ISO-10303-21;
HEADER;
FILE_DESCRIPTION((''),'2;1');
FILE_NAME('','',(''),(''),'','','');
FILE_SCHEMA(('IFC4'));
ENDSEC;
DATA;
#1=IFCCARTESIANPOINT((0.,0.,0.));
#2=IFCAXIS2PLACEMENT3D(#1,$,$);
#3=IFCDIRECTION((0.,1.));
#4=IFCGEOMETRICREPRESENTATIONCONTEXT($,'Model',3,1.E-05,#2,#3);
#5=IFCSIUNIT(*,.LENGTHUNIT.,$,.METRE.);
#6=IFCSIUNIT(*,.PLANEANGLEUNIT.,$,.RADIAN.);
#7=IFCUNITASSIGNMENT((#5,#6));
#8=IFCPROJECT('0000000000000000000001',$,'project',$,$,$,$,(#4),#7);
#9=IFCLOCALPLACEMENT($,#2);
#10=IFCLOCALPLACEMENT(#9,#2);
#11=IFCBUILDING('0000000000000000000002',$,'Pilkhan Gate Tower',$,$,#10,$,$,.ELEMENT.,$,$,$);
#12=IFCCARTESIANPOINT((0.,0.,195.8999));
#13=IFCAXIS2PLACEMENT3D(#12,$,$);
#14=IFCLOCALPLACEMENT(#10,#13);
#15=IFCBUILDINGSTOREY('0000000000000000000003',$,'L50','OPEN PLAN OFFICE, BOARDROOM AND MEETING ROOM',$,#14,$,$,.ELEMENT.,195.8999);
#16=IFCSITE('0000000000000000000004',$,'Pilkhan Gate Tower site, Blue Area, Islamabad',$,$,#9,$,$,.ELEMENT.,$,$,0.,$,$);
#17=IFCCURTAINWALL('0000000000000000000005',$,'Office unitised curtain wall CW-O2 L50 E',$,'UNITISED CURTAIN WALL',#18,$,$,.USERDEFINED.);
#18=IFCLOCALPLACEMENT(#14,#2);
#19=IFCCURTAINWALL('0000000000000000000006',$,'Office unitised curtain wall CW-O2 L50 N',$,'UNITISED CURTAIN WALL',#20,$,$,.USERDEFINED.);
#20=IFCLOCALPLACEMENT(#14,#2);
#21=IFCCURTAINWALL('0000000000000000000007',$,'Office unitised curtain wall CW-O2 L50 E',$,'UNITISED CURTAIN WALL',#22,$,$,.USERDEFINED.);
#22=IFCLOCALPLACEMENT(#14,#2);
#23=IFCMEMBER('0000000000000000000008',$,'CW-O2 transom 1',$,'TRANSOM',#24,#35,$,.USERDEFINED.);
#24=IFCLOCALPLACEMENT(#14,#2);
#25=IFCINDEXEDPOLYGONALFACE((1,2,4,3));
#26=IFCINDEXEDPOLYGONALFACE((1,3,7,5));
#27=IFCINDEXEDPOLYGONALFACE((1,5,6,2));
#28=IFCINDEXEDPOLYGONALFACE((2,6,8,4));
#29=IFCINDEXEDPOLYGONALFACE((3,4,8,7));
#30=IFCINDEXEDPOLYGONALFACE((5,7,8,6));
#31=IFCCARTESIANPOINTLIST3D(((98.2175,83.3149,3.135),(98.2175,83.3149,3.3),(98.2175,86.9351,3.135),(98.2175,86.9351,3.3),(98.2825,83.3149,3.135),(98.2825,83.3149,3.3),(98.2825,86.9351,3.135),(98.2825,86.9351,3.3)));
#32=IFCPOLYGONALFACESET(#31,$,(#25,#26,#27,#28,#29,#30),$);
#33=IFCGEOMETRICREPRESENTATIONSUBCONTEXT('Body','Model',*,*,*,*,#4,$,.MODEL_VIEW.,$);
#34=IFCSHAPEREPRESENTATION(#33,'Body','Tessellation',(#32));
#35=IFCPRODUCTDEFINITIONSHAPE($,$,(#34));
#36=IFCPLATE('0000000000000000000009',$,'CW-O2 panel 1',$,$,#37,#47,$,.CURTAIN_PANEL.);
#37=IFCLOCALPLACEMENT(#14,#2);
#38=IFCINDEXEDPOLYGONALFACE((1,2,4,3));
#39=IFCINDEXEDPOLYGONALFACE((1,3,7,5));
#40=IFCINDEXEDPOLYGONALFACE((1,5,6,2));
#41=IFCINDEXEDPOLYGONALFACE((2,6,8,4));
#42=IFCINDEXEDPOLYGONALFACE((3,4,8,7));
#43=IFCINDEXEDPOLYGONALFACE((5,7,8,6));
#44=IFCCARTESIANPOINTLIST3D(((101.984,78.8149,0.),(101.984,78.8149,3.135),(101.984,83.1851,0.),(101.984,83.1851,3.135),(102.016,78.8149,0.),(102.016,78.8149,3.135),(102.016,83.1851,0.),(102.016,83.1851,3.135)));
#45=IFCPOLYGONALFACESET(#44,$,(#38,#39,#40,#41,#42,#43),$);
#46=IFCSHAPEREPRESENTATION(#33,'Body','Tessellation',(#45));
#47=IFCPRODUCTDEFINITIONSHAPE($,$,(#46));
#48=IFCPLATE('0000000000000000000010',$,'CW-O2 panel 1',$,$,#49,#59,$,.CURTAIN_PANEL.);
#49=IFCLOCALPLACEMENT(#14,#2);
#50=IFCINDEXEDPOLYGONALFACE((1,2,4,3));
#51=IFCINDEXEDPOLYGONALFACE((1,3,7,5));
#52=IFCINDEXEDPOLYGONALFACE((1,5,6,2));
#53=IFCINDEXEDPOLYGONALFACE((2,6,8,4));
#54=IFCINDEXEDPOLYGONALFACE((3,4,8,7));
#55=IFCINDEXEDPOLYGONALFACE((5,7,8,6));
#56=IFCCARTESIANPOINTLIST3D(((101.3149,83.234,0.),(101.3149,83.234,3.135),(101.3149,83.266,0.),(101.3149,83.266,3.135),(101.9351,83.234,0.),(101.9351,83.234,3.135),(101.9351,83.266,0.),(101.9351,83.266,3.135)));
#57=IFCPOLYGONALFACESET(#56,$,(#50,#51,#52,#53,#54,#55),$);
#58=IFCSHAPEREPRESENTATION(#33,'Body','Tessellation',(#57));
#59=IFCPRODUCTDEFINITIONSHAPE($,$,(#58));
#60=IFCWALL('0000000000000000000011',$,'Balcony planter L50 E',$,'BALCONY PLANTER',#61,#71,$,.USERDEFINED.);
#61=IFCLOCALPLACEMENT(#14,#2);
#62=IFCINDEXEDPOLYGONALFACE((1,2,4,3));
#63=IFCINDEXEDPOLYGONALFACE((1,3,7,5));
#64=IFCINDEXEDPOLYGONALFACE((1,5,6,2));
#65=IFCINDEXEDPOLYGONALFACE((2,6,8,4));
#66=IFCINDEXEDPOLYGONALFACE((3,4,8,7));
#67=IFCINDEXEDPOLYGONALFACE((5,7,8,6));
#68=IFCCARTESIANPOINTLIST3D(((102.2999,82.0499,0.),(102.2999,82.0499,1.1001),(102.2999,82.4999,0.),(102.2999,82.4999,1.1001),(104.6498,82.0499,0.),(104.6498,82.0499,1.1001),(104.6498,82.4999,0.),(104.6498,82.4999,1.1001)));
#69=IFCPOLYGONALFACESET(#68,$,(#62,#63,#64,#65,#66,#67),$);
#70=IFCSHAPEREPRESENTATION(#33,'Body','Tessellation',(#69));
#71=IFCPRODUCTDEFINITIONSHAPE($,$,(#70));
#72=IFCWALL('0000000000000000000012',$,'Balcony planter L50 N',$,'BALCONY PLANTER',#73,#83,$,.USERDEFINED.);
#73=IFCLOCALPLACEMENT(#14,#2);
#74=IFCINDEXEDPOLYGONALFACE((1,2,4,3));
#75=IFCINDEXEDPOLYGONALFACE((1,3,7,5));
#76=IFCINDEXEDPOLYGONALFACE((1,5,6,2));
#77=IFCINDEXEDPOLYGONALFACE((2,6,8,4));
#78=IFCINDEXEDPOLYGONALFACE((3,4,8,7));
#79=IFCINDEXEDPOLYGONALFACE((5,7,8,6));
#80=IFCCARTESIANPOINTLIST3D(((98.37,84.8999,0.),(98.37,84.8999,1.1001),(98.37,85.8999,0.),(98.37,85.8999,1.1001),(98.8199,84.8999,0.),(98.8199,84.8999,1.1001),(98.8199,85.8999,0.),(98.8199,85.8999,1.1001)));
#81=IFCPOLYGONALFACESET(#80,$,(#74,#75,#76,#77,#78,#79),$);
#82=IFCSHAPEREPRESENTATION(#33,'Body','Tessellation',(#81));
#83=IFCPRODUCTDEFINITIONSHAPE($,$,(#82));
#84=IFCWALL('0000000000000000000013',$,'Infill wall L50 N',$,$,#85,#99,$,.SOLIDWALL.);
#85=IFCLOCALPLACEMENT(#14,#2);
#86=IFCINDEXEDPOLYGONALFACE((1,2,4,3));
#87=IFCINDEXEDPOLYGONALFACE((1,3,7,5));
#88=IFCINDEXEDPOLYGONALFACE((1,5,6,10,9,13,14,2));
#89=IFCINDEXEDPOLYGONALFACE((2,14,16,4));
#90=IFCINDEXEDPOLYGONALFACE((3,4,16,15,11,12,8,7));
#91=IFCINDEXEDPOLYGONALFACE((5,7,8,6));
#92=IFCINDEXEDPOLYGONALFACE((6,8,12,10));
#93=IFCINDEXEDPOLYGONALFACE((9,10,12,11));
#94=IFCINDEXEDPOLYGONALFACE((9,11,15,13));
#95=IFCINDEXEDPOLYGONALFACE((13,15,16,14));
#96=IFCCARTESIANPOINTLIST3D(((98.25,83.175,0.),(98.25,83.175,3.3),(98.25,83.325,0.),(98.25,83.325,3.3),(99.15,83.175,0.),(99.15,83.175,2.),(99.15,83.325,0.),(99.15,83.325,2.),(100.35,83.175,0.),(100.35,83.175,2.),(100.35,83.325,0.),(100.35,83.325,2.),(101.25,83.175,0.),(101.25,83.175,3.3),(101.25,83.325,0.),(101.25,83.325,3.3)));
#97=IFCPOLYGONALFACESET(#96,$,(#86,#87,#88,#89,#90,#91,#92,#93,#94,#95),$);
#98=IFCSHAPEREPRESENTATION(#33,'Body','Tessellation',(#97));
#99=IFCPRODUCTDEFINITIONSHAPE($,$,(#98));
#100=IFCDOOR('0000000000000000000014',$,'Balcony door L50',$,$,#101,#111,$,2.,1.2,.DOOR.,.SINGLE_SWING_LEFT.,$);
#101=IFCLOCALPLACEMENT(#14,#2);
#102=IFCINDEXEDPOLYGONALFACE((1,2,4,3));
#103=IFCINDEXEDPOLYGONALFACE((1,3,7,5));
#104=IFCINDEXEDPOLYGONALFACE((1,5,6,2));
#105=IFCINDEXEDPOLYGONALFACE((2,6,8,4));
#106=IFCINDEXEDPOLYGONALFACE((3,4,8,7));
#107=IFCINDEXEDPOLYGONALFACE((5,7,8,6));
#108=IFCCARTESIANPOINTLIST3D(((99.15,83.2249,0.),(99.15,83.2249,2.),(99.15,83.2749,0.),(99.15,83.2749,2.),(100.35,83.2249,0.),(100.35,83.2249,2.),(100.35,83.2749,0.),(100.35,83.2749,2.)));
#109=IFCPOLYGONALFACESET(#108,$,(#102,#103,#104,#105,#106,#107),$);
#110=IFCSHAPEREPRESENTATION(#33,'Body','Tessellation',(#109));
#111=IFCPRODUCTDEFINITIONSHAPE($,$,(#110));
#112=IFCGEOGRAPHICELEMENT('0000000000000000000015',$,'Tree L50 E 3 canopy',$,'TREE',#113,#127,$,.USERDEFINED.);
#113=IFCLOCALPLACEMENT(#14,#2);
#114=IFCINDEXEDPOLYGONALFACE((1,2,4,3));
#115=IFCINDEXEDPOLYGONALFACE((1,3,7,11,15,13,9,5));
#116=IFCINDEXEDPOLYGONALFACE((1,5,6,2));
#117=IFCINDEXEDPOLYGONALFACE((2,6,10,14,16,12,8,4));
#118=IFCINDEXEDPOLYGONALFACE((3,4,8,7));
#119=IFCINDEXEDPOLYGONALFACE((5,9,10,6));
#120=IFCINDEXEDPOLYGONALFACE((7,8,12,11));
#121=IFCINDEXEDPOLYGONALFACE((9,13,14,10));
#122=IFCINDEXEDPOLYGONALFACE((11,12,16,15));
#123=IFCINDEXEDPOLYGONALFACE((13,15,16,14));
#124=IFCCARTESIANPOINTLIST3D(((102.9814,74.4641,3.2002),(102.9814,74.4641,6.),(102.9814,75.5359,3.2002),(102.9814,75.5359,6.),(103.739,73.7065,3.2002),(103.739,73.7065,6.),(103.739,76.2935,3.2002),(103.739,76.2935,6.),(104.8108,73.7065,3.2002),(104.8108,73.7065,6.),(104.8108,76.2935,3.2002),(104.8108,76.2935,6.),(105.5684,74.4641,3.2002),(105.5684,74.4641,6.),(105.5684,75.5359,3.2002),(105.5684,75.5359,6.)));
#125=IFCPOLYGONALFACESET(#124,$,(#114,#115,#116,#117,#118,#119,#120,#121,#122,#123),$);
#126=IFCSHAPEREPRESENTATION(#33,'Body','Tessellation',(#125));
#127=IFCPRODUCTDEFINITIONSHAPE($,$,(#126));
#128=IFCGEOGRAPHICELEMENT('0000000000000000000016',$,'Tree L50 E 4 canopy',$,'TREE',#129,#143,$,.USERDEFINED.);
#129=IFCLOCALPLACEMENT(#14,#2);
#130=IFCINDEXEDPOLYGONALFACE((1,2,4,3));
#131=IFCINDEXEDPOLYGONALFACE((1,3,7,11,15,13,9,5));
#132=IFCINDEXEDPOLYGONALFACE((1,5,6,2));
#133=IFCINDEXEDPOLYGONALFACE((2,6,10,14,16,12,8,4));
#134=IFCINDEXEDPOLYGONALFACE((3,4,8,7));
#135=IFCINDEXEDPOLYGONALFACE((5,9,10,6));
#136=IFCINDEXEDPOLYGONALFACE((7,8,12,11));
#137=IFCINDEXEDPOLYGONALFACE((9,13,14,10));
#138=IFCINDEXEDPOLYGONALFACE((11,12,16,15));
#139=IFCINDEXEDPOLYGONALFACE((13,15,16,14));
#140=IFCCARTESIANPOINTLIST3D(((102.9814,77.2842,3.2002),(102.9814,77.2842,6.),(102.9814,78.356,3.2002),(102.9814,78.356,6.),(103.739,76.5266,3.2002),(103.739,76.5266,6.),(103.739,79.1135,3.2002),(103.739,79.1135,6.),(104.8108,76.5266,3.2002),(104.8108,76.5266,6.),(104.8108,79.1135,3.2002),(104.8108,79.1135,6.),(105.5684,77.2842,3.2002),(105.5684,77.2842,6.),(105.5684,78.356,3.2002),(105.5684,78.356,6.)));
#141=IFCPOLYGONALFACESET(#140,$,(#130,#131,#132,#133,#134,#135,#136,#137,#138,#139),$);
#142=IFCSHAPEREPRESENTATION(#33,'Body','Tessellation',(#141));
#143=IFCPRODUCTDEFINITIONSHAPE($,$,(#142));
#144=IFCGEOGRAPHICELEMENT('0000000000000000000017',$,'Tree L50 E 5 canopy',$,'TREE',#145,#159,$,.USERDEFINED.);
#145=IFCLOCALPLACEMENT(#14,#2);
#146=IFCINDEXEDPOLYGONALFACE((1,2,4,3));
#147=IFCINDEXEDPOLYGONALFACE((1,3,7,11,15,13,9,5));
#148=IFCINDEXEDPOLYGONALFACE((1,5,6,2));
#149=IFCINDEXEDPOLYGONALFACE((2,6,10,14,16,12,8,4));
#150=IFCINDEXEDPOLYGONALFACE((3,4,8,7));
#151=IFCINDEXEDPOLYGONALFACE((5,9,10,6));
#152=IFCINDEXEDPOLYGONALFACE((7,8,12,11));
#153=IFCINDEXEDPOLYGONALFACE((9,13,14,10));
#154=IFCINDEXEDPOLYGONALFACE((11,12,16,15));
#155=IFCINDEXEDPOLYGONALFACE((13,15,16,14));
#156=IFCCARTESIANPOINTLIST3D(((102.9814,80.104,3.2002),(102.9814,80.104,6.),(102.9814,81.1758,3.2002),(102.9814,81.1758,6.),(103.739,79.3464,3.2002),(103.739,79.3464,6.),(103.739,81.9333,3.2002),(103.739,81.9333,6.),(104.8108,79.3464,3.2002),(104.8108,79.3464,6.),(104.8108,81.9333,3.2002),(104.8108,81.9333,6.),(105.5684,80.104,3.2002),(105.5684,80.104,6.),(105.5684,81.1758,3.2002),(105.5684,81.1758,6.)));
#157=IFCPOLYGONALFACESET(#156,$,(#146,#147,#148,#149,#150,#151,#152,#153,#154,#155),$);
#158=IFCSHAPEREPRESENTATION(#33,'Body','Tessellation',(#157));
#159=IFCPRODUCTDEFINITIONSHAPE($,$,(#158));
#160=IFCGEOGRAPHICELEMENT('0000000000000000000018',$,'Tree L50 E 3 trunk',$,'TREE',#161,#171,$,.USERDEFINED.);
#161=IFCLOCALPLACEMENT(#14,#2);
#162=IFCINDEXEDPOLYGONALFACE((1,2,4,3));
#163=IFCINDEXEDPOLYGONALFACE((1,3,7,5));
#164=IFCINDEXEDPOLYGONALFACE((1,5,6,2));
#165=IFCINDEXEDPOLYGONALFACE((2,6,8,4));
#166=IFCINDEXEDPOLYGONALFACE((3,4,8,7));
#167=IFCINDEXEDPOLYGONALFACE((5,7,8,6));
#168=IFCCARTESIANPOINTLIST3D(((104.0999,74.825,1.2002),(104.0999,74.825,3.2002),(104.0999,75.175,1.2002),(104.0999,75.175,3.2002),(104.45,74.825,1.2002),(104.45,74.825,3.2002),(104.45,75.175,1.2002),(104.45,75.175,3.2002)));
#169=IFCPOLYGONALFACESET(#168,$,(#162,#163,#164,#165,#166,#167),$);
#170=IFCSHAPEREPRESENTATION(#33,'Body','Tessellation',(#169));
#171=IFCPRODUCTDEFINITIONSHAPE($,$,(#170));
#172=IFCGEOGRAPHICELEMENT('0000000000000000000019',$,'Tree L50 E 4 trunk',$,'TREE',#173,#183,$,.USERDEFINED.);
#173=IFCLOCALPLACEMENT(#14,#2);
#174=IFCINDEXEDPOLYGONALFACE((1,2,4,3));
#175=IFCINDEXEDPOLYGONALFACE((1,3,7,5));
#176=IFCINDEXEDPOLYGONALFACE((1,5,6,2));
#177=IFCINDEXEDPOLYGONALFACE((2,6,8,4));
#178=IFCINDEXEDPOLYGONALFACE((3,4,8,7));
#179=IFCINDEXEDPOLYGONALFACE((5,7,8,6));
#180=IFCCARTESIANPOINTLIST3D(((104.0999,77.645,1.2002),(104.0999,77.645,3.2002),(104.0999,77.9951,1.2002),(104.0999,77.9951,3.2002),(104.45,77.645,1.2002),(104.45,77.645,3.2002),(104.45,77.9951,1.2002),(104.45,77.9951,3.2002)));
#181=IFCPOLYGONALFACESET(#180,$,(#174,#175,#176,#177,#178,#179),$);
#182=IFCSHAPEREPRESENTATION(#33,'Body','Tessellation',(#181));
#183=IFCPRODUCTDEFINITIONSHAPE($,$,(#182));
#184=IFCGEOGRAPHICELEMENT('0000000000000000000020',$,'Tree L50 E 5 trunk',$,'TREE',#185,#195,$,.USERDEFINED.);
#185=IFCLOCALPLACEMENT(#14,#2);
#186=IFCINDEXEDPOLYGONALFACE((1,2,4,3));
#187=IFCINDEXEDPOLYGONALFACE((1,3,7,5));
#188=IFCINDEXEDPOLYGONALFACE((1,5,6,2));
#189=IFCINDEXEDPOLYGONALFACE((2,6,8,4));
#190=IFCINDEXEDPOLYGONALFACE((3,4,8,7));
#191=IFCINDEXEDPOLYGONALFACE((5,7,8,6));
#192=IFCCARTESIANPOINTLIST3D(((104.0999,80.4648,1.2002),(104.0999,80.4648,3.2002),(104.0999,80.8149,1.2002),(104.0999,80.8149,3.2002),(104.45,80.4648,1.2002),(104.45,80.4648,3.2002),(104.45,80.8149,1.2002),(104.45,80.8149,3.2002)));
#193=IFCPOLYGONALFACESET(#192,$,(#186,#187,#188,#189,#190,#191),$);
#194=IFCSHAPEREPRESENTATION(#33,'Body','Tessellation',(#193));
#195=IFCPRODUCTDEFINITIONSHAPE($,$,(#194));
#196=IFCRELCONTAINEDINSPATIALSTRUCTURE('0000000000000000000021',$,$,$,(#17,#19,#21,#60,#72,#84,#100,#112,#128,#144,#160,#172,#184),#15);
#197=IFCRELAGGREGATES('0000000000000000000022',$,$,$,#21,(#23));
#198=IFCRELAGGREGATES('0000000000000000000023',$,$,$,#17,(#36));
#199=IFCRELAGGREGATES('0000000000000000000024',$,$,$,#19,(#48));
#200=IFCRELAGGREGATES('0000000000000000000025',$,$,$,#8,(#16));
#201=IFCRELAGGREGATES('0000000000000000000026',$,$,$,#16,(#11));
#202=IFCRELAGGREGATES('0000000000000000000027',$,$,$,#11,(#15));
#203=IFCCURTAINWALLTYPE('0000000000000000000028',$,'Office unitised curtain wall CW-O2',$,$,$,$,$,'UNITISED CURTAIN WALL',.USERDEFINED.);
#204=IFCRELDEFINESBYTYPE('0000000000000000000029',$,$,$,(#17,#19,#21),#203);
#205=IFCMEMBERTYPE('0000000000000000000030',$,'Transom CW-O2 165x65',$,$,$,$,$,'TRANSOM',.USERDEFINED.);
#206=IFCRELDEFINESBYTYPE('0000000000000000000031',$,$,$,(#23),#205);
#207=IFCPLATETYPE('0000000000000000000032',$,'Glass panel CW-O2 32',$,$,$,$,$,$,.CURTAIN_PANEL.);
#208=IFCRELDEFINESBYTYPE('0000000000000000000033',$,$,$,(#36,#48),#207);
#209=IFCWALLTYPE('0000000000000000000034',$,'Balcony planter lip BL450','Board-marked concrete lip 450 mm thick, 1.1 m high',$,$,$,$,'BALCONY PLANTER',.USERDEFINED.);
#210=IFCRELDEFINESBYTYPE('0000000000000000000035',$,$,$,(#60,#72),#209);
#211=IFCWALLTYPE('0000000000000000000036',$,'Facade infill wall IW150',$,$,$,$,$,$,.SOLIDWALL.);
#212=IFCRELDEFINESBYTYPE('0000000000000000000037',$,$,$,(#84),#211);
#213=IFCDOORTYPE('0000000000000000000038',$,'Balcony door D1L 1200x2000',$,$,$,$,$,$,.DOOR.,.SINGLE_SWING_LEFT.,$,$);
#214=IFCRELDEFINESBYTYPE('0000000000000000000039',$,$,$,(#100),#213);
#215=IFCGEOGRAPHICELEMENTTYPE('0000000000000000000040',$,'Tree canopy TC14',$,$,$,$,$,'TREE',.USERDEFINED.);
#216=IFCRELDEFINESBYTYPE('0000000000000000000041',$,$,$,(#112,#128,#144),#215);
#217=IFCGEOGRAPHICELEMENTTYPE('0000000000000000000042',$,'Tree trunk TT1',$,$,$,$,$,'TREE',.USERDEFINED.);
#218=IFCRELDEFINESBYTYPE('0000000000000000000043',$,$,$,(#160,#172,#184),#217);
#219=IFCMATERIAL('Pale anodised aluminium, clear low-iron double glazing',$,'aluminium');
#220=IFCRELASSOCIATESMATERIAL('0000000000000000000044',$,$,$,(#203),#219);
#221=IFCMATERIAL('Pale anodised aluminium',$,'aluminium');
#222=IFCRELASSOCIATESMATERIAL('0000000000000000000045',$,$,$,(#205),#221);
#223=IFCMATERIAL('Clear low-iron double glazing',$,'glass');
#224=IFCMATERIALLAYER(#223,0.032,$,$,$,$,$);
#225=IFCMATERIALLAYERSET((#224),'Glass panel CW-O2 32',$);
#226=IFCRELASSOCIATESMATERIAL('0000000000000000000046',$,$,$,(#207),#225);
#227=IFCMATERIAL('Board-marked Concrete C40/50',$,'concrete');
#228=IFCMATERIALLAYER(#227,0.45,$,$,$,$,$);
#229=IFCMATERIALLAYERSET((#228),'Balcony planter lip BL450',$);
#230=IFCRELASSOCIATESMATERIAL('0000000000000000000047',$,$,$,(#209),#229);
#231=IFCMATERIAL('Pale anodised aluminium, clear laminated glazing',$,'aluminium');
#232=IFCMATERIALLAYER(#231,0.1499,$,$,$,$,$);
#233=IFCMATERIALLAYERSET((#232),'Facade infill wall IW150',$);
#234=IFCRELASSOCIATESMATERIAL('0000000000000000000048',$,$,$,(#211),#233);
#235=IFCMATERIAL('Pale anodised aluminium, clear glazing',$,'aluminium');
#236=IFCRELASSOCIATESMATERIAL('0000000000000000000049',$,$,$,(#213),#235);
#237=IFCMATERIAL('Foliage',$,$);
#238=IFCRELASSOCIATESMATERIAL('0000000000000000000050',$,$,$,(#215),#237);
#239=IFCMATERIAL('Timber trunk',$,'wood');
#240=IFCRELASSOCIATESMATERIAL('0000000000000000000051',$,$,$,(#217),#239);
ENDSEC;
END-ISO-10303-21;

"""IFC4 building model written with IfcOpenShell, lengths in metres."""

from ifc_helpers import new_model, si_unit, direction, frame, frame_2d, origin, origin_2d, place, context, subcontext, project, spatial, polyline, rectangle, outline, extrude, material, layer, layer_set, material_profile, profile_set, type_object, element, fill, aggregate, save


model = new_model("IFC4")

# Units and contexts
model_context = context("Model", 3, precision=1e-05, world=origin(), true_north=direction((0.0, 1.0)))
body_context = subcontext(model_context, "Body", "Model", "MODEL_VIEW")
ifc_project = project(units=[si_unit("LENGTHUNIT", "METRE"), si_unit("PLANEANGLEUNIT", "RADIAN")], contexts=[model_context])

# Site, building, storey
site_placement = place(None, origin())
site = spatial("IfcSite", under=ifc_project, at=site_placement, Name="Pilkhan Gate Tower site, Blue Area, Islamabad", CompositionType="ELEMENT", RefElevation=0.0)
building_placement = place(site_placement, origin())
building = spatial("IfcBuilding", under=site, at=building_placement, Name="Pilkhan Gate Tower", CompositionType="ELEMENT")
storey_placement = place(building_placement, frame((0.0, 0.0, 195.8999)))
storey = spatial("IfcBuildingStorey", under=building, at=storey_placement, Name="L50", Description="OPEN PLAN OFFICE, BOARDROOM AND MEETING ROOM", CompositionType="ELEMENT", Elevation=195.8999)

# Curtain walls
ifc_material_1 = material(Name="Pale anodised aluminium, clear low-iron double glazing", Category="aluminium")
curtain_wall_type = type_object("IfcCurtainWallType", Name="Office unitised curtain wall CW-O2", ElementType="UNITISED CURTAIN WALL", PredefinedType="USERDEFINED", material=ifc_material_1)
curtain_wall_1_placement = place(storey_placement, origin())
curtain_wall_1 = element("IfcCurtainWall", 1, at=curtain_wall_1_placement, inside=storey, type_object=curtain_wall_type, Name="Office unitised curtain wall CW-O2 L50 E", ObjectType="UNITISED CURTAIN WALL", PredefinedType="USERDEFINED")
ifc_material_2 = material(Name="Pale anodised aluminium", Category="aluminium")
curtain_wall_2_placement = place(storey_placement, origin())
curtain_wall_2 = element("IfcCurtainWall", 2, at=curtain_wall_2_placement, inside=storey, type_object=curtain_wall_type, Name="Office unitised curtain wall CW-O2 L50 N", ObjectType="UNITISED CURTAIN WALL", PredefinedType="USERDEFINED")

# Curtain wall
curtain_wall_3_placement = place(storey_placement, origin())
curtain_wall_3 = element("IfcCurtainWall", 3, at=curtain_wall_3_placement, inside=storey, type_object=curtain_wall_type, Name="Office unitised curtain wall CW-O2 L50 E", ObjectType="UNITISED CURTAIN WALL", PredefinedType="USERDEFINED")

# Member
ifc_material_profile_1 = material_profile(ifc_material_2, rectangle(XDim=0.0649, YDim=0.165, at=origin_2d()), Name="Transom 165x65")
ifc_profile_set_1 = profile_set([ifc_material_profile_1], Name="Pale anodised aluminium")
member_type_1 = type_object("IfcMemberType", Name="Transom CW-O2 165x65", ElementType="TRANSOM", PredefinedType="USERDEFINED", material=ifc_profile_set_1)
member_1_placement = place(storey_placement, frame((98.25, 83.3149, 3.2175), z_axis=(0.0, 1.0, 0.0), x_axis=(-1.0, 0.0, 0.0)))
member_1 = element("IfcMember", 4, at=member_1_placement, type_object=member_type_1, Name="CW-O2 transom 1", ObjectType="TRANSOM", PredefinedType="USERDEFINED", context=body_context, shape_type="SweptSolid", body=[
    extrude(rectangle(XDim=0.0649, YDim=0.165, at=origin_2d()), origin(), (0.0, 0.0, 1.0), 3.6201),
])
aggregate(curtain_wall_3, [member_1])

# Plates
ifc_material_3 = material(Name="Clear low-iron double glazing", Category="glass")
ifc_layer_1 = layer(ifc_material_3, 0.032)
ifc_layer_set_1 = layer_set([ifc_layer_1], Name="Glass panel CW-O2 32")
plate_type = type_object("IfcPlateType", Name="Glass panel CW-O2 32", PredefinedType="CURTAIN_PANEL", material=ifc_layer_set_1)
plate_1_placement = place(storey_placement, frame((102.0, 81.0, 0.0), z_axis=(0.0, 0.0, 1.0), x_axis=(0.0, 1.0, 0.0)))
plate_1 = element("IfcPlate", 5, at=plate_1_placement, type_object=plate_type, Name="CW-O2 panel 1", PredefinedType="CURTAIN_PANEL", context=body_context, shape_type="SweptSolid", body=[
    extrude(rectangle(XDim=4.3701, YDim=0.032, at=origin_2d()), origin(), (0.0, 0.0, 1.0), 3.135),
])
aggregate(curtain_wall_1, [plate_1])
plate_2_placement = place(storey_placement, frame((101.625, 83.25, 0.0), z_axis=(0.0, 0.0, 1.0), x_axis=(1.0, 0.0, 0.0)))
plate_2 = element("IfcPlate", 6, at=plate_2_placement, type_object=plate_type, Name="CW-O2 panel 1", PredefinedType="CURTAIN_PANEL", context=body_context, shape_type="SweptSolid", body=[
    extrude(rectangle(XDim=0.6201, YDim=0.032, at=origin_2d()), origin(), (0.0, 0.0, 1.0), 3.135),
])
aggregate(curtain_wall_2, [plate_2])

# Walls
ifc_material_4 = material(Name="Board-marked Concrete C40/50", Category="concrete")
ifc_layer_2 = layer(ifc_material_4, 0.45)
ifc_layer_set_2 = layer_set([ifc_layer_2], Name="Balcony planter lip BL450")
wall_type_1 = type_object("IfcWallType", Name="Balcony planter lip BL450", Description="Board-marked concrete lip 450 mm thick, 1.1 m high", ElementType="BALCONY PLANTER", PredefinedType="USERDEFINED", material=ifc_layer_set_2)
wall_1_placement = place(storey_placement, frame((102.3, 82.2749, 0.0), z_axis=(0.0, 0.0, 1.0), x_axis=(1.0, 0.0, 0.0)))
element("IfcWall", 7, at=wall_1_placement, inside=storey, type_object=wall_type_1, Name="Balcony planter L50 E", ObjectType="BALCONY PLANTER", PredefinedType="USERDEFINED", context=body_context, shape_type="SweptSolid", body=[
    extrude(rectangle(XDim=2.3499, YDim=0.45, at=frame_2d((1.1748, 0.0))), origin(), (0.0, 0.0, 1.0), 1.1001),
])
wall_2_placement = place(storey_placement, frame((98.595, 84.8999, 0.0), z_axis=(0.0, 0.0, 1.0), x_axis=(0.0, 1.0, 0.0)))
element("IfcWall", 8, at=wall_2_placement, inside=storey, type_object=wall_type_1, Name="Balcony planter L50 N", ObjectType="BALCONY PLANTER", PredefinedType="USERDEFINED", context=body_context, shape_type="SweptSolid", body=[
    extrude(rectangle(XDim=1.0, YDim=0.45, at=frame_2d((0.5, 0.0))), origin(), (0.0, 0.0, 1.0), 1.1001),
])

# Wall, opening, door
ifc_material_5 = material(Name="Pale anodised aluminium, clear laminated glazing", Category="aluminium")
ifc_layer_3 = layer(ifc_material_5, 0.1499)
ifc_layer_set_3 = layer_set([ifc_layer_3], Name="Facade infill wall IW150")
wall_type_2 = type_object("IfcWallType", Name="Facade infill wall IW150", PredefinedType="SOLIDWALL", material=ifc_layer_set_3)
ifc_material_6 = material(Name="Pale anodised aluminium, clear glazing", Category="aluminium")
wall_3_placement = place(storey_placement, frame((98.25, 83.25, 0.0), z_axis=(0.0, 0.0, 1.0), x_axis=(1.0, 0.0, 0.0)))
wall_3 = element("IfcWall", 9, at=wall_3_placement, inside=storey, type_object=wall_type_2, Name="Infill wall L50 N", PredefinedType="SOLIDWALL", context=body_context, shape_type="SweptSolid", body=[
    extrude(rectangle(XDim=3.0, YDim=0.1499, at=frame_2d((1.5, 0.0))), origin(), (0.0, 0.0, 1.0), 3.3),
])
opening_1_placement = place(wall_3_placement, frame((0.8999, 0.0, 0.0)))
opening_1 = element("IfcOpeningElement", 10, at=opening_1_placement, cuts=wall_3, PredefinedType="OPENING", context=body_context, shape_type="SweptSolid", body=[
    extrude(rectangle(XDim=1.2, YDim=2.0, at=frame_2d((0.6001, 1.0))), frame((0.0, 0.085, 0.0), z_axis=(0.0, -1.0, 0.0), x_axis=(1.0, 0.0, 0.0)), (0.0, 0.0, 1.0), 0.1699),
])
door_type_1 = type_object("IfcDoorType", Name="Balcony door D1L 1200x2000", OperationType="SINGLE_SWING_LEFT", PredefinedType="DOOR", material=ifc_material_6)
door_1_placement = place(opening_1_placement, origin())
door_1 = element("IfcDoor", 11, at=door_1_placement, inside=storey, type_object=door_type_1, Name="Balcony door L50", OperationType="SINGLE_SWING_LEFT", OverallHeight=2.0, OverallWidth=1.2, PredefinedType="DOOR", context=body_context, shape_type="SweptSolid", body=[
    extrude(rectangle(XDim=1.2, YDim=2.0, at=frame_2d((0.6001, 1.0))), frame((0.0, 0.0249, 0.0), z_axis=(0.0, -1.0, 0.0), x_axis=(1.0, 0.0, 0.0)), (0.0, 0.0, 1.0), 0.05),
])
fill(opening_1, door_1)

# Geographic elements
ifc_material_7 = material(Name="Foliage")
ifc_material_profile_2 = material_profile(ifc_material_7, outline(polyline([(1.2935, 0.5359), (0.5359, 1.2935), (-0.5359, 1.2935), (-1.2935, 0.5359), (-1.2935, -0.5359), (-0.5359, -1.2935), (0.5359, -1.2935), (1.2935, -0.5359), (1.2935, 0.5359)])), Name="Canopy D2.8")
ifc_profile_set_2 = profile_set([ifc_material_profile_2], Name="Foliage")
geographic_element_type_1 = type_object("IfcGeographicElementType", Name="Tree canopy TC14", ElementType="TREE", PredefinedType="USERDEFINED", material=ifc_profile_set_2)
for number, where, z_axis, x_axis, name in (
    (12, (104.2749, 75.0, 3.2002), (0.0, 0.0, 1.0), (1.0, 0.0, 0.0), "Tree L50 E 3 canopy"),
    (13, (104.2749, 77.8201, 3.2002), (0.0, 0.0, 1.0), (1.0, 0.0, 0.0), "Tree L50 E 4 canopy"),
    (14, (104.2749, 80.6399, 3.2002), (0.0, 0.0, 1.0), (1.0, 0.0, 0.0), "Tree L50 E 5 canopy"),
):
    element("IfcGeographicElement", number, at=place(storey_placement, frame(where, z_axis=z_axis, x_axis=x_axis)), inside=storey, type_object=geographic_element_type_1, Name=name, ObjectType="TREE", PredefinedType="USERDEFINED", context=body_context, shape_type="SweptSolid", body=[
        extrude(outline(polyline([(1.2935, 0.5359), (0.5359, 1.2935), (-0.5359, 1.2935), (-1.2935, 0.5359), (-1.2935, -0.5359), (-0.5359, -1.2935), (0.5359, -1.2935), (1.2935, -0.5359), (1.2935, 0.5359)])), origin(), (0.0, 0.0, 1.0), 2.7998),
    ])
ifc_material_8 = material(Name="Timber trunk", Category="wood")
geographic_element_type_2 = type_object("IfcGeographicElementType", Name="Tree trunk TT1", ElementType="TREE", PredefinedType="USERDEFINED", material=ifc_material_8)
for number, where, z_axis, x_axis, name in (
    (15, (104.2749, 75.0, 1.2002), (0.0, 0.0, 1.0), (1.0, 0.0, 0.0), "Tree L50 E 3 trunk"),
    (16, (104.2749, 77.8201, 1.2002), (0.0, 0.0, 1.0), (1.0, 0.0, 0.0), "Tree L50 E 4 trunk"),
    (17, (104.2749, 80.6399, 1.2002), (0.0, 0.0, 1.0), (1.0, 0.0, 0.0), "Tree L50 E 5 trunk"),
):
    element("IfcGeographicElement", number, at=place(storey_placement, frame(where, z_axis=z_axis, x_axis=x_axis)), inside=storey, type_object=geographic_element_type_2, Name=name, ObjectType="TREE", PredefinedType="USERDEFINED", context=body_context, shape_type="SweptSolid", body=[
        extrude(rectangle(XDim=0.3501, YDim=0.3501, at=origin_2d()), origin(), (0.0, 0.0, 1.0), 2.0),
    ])

save(model, "model.ifc")
